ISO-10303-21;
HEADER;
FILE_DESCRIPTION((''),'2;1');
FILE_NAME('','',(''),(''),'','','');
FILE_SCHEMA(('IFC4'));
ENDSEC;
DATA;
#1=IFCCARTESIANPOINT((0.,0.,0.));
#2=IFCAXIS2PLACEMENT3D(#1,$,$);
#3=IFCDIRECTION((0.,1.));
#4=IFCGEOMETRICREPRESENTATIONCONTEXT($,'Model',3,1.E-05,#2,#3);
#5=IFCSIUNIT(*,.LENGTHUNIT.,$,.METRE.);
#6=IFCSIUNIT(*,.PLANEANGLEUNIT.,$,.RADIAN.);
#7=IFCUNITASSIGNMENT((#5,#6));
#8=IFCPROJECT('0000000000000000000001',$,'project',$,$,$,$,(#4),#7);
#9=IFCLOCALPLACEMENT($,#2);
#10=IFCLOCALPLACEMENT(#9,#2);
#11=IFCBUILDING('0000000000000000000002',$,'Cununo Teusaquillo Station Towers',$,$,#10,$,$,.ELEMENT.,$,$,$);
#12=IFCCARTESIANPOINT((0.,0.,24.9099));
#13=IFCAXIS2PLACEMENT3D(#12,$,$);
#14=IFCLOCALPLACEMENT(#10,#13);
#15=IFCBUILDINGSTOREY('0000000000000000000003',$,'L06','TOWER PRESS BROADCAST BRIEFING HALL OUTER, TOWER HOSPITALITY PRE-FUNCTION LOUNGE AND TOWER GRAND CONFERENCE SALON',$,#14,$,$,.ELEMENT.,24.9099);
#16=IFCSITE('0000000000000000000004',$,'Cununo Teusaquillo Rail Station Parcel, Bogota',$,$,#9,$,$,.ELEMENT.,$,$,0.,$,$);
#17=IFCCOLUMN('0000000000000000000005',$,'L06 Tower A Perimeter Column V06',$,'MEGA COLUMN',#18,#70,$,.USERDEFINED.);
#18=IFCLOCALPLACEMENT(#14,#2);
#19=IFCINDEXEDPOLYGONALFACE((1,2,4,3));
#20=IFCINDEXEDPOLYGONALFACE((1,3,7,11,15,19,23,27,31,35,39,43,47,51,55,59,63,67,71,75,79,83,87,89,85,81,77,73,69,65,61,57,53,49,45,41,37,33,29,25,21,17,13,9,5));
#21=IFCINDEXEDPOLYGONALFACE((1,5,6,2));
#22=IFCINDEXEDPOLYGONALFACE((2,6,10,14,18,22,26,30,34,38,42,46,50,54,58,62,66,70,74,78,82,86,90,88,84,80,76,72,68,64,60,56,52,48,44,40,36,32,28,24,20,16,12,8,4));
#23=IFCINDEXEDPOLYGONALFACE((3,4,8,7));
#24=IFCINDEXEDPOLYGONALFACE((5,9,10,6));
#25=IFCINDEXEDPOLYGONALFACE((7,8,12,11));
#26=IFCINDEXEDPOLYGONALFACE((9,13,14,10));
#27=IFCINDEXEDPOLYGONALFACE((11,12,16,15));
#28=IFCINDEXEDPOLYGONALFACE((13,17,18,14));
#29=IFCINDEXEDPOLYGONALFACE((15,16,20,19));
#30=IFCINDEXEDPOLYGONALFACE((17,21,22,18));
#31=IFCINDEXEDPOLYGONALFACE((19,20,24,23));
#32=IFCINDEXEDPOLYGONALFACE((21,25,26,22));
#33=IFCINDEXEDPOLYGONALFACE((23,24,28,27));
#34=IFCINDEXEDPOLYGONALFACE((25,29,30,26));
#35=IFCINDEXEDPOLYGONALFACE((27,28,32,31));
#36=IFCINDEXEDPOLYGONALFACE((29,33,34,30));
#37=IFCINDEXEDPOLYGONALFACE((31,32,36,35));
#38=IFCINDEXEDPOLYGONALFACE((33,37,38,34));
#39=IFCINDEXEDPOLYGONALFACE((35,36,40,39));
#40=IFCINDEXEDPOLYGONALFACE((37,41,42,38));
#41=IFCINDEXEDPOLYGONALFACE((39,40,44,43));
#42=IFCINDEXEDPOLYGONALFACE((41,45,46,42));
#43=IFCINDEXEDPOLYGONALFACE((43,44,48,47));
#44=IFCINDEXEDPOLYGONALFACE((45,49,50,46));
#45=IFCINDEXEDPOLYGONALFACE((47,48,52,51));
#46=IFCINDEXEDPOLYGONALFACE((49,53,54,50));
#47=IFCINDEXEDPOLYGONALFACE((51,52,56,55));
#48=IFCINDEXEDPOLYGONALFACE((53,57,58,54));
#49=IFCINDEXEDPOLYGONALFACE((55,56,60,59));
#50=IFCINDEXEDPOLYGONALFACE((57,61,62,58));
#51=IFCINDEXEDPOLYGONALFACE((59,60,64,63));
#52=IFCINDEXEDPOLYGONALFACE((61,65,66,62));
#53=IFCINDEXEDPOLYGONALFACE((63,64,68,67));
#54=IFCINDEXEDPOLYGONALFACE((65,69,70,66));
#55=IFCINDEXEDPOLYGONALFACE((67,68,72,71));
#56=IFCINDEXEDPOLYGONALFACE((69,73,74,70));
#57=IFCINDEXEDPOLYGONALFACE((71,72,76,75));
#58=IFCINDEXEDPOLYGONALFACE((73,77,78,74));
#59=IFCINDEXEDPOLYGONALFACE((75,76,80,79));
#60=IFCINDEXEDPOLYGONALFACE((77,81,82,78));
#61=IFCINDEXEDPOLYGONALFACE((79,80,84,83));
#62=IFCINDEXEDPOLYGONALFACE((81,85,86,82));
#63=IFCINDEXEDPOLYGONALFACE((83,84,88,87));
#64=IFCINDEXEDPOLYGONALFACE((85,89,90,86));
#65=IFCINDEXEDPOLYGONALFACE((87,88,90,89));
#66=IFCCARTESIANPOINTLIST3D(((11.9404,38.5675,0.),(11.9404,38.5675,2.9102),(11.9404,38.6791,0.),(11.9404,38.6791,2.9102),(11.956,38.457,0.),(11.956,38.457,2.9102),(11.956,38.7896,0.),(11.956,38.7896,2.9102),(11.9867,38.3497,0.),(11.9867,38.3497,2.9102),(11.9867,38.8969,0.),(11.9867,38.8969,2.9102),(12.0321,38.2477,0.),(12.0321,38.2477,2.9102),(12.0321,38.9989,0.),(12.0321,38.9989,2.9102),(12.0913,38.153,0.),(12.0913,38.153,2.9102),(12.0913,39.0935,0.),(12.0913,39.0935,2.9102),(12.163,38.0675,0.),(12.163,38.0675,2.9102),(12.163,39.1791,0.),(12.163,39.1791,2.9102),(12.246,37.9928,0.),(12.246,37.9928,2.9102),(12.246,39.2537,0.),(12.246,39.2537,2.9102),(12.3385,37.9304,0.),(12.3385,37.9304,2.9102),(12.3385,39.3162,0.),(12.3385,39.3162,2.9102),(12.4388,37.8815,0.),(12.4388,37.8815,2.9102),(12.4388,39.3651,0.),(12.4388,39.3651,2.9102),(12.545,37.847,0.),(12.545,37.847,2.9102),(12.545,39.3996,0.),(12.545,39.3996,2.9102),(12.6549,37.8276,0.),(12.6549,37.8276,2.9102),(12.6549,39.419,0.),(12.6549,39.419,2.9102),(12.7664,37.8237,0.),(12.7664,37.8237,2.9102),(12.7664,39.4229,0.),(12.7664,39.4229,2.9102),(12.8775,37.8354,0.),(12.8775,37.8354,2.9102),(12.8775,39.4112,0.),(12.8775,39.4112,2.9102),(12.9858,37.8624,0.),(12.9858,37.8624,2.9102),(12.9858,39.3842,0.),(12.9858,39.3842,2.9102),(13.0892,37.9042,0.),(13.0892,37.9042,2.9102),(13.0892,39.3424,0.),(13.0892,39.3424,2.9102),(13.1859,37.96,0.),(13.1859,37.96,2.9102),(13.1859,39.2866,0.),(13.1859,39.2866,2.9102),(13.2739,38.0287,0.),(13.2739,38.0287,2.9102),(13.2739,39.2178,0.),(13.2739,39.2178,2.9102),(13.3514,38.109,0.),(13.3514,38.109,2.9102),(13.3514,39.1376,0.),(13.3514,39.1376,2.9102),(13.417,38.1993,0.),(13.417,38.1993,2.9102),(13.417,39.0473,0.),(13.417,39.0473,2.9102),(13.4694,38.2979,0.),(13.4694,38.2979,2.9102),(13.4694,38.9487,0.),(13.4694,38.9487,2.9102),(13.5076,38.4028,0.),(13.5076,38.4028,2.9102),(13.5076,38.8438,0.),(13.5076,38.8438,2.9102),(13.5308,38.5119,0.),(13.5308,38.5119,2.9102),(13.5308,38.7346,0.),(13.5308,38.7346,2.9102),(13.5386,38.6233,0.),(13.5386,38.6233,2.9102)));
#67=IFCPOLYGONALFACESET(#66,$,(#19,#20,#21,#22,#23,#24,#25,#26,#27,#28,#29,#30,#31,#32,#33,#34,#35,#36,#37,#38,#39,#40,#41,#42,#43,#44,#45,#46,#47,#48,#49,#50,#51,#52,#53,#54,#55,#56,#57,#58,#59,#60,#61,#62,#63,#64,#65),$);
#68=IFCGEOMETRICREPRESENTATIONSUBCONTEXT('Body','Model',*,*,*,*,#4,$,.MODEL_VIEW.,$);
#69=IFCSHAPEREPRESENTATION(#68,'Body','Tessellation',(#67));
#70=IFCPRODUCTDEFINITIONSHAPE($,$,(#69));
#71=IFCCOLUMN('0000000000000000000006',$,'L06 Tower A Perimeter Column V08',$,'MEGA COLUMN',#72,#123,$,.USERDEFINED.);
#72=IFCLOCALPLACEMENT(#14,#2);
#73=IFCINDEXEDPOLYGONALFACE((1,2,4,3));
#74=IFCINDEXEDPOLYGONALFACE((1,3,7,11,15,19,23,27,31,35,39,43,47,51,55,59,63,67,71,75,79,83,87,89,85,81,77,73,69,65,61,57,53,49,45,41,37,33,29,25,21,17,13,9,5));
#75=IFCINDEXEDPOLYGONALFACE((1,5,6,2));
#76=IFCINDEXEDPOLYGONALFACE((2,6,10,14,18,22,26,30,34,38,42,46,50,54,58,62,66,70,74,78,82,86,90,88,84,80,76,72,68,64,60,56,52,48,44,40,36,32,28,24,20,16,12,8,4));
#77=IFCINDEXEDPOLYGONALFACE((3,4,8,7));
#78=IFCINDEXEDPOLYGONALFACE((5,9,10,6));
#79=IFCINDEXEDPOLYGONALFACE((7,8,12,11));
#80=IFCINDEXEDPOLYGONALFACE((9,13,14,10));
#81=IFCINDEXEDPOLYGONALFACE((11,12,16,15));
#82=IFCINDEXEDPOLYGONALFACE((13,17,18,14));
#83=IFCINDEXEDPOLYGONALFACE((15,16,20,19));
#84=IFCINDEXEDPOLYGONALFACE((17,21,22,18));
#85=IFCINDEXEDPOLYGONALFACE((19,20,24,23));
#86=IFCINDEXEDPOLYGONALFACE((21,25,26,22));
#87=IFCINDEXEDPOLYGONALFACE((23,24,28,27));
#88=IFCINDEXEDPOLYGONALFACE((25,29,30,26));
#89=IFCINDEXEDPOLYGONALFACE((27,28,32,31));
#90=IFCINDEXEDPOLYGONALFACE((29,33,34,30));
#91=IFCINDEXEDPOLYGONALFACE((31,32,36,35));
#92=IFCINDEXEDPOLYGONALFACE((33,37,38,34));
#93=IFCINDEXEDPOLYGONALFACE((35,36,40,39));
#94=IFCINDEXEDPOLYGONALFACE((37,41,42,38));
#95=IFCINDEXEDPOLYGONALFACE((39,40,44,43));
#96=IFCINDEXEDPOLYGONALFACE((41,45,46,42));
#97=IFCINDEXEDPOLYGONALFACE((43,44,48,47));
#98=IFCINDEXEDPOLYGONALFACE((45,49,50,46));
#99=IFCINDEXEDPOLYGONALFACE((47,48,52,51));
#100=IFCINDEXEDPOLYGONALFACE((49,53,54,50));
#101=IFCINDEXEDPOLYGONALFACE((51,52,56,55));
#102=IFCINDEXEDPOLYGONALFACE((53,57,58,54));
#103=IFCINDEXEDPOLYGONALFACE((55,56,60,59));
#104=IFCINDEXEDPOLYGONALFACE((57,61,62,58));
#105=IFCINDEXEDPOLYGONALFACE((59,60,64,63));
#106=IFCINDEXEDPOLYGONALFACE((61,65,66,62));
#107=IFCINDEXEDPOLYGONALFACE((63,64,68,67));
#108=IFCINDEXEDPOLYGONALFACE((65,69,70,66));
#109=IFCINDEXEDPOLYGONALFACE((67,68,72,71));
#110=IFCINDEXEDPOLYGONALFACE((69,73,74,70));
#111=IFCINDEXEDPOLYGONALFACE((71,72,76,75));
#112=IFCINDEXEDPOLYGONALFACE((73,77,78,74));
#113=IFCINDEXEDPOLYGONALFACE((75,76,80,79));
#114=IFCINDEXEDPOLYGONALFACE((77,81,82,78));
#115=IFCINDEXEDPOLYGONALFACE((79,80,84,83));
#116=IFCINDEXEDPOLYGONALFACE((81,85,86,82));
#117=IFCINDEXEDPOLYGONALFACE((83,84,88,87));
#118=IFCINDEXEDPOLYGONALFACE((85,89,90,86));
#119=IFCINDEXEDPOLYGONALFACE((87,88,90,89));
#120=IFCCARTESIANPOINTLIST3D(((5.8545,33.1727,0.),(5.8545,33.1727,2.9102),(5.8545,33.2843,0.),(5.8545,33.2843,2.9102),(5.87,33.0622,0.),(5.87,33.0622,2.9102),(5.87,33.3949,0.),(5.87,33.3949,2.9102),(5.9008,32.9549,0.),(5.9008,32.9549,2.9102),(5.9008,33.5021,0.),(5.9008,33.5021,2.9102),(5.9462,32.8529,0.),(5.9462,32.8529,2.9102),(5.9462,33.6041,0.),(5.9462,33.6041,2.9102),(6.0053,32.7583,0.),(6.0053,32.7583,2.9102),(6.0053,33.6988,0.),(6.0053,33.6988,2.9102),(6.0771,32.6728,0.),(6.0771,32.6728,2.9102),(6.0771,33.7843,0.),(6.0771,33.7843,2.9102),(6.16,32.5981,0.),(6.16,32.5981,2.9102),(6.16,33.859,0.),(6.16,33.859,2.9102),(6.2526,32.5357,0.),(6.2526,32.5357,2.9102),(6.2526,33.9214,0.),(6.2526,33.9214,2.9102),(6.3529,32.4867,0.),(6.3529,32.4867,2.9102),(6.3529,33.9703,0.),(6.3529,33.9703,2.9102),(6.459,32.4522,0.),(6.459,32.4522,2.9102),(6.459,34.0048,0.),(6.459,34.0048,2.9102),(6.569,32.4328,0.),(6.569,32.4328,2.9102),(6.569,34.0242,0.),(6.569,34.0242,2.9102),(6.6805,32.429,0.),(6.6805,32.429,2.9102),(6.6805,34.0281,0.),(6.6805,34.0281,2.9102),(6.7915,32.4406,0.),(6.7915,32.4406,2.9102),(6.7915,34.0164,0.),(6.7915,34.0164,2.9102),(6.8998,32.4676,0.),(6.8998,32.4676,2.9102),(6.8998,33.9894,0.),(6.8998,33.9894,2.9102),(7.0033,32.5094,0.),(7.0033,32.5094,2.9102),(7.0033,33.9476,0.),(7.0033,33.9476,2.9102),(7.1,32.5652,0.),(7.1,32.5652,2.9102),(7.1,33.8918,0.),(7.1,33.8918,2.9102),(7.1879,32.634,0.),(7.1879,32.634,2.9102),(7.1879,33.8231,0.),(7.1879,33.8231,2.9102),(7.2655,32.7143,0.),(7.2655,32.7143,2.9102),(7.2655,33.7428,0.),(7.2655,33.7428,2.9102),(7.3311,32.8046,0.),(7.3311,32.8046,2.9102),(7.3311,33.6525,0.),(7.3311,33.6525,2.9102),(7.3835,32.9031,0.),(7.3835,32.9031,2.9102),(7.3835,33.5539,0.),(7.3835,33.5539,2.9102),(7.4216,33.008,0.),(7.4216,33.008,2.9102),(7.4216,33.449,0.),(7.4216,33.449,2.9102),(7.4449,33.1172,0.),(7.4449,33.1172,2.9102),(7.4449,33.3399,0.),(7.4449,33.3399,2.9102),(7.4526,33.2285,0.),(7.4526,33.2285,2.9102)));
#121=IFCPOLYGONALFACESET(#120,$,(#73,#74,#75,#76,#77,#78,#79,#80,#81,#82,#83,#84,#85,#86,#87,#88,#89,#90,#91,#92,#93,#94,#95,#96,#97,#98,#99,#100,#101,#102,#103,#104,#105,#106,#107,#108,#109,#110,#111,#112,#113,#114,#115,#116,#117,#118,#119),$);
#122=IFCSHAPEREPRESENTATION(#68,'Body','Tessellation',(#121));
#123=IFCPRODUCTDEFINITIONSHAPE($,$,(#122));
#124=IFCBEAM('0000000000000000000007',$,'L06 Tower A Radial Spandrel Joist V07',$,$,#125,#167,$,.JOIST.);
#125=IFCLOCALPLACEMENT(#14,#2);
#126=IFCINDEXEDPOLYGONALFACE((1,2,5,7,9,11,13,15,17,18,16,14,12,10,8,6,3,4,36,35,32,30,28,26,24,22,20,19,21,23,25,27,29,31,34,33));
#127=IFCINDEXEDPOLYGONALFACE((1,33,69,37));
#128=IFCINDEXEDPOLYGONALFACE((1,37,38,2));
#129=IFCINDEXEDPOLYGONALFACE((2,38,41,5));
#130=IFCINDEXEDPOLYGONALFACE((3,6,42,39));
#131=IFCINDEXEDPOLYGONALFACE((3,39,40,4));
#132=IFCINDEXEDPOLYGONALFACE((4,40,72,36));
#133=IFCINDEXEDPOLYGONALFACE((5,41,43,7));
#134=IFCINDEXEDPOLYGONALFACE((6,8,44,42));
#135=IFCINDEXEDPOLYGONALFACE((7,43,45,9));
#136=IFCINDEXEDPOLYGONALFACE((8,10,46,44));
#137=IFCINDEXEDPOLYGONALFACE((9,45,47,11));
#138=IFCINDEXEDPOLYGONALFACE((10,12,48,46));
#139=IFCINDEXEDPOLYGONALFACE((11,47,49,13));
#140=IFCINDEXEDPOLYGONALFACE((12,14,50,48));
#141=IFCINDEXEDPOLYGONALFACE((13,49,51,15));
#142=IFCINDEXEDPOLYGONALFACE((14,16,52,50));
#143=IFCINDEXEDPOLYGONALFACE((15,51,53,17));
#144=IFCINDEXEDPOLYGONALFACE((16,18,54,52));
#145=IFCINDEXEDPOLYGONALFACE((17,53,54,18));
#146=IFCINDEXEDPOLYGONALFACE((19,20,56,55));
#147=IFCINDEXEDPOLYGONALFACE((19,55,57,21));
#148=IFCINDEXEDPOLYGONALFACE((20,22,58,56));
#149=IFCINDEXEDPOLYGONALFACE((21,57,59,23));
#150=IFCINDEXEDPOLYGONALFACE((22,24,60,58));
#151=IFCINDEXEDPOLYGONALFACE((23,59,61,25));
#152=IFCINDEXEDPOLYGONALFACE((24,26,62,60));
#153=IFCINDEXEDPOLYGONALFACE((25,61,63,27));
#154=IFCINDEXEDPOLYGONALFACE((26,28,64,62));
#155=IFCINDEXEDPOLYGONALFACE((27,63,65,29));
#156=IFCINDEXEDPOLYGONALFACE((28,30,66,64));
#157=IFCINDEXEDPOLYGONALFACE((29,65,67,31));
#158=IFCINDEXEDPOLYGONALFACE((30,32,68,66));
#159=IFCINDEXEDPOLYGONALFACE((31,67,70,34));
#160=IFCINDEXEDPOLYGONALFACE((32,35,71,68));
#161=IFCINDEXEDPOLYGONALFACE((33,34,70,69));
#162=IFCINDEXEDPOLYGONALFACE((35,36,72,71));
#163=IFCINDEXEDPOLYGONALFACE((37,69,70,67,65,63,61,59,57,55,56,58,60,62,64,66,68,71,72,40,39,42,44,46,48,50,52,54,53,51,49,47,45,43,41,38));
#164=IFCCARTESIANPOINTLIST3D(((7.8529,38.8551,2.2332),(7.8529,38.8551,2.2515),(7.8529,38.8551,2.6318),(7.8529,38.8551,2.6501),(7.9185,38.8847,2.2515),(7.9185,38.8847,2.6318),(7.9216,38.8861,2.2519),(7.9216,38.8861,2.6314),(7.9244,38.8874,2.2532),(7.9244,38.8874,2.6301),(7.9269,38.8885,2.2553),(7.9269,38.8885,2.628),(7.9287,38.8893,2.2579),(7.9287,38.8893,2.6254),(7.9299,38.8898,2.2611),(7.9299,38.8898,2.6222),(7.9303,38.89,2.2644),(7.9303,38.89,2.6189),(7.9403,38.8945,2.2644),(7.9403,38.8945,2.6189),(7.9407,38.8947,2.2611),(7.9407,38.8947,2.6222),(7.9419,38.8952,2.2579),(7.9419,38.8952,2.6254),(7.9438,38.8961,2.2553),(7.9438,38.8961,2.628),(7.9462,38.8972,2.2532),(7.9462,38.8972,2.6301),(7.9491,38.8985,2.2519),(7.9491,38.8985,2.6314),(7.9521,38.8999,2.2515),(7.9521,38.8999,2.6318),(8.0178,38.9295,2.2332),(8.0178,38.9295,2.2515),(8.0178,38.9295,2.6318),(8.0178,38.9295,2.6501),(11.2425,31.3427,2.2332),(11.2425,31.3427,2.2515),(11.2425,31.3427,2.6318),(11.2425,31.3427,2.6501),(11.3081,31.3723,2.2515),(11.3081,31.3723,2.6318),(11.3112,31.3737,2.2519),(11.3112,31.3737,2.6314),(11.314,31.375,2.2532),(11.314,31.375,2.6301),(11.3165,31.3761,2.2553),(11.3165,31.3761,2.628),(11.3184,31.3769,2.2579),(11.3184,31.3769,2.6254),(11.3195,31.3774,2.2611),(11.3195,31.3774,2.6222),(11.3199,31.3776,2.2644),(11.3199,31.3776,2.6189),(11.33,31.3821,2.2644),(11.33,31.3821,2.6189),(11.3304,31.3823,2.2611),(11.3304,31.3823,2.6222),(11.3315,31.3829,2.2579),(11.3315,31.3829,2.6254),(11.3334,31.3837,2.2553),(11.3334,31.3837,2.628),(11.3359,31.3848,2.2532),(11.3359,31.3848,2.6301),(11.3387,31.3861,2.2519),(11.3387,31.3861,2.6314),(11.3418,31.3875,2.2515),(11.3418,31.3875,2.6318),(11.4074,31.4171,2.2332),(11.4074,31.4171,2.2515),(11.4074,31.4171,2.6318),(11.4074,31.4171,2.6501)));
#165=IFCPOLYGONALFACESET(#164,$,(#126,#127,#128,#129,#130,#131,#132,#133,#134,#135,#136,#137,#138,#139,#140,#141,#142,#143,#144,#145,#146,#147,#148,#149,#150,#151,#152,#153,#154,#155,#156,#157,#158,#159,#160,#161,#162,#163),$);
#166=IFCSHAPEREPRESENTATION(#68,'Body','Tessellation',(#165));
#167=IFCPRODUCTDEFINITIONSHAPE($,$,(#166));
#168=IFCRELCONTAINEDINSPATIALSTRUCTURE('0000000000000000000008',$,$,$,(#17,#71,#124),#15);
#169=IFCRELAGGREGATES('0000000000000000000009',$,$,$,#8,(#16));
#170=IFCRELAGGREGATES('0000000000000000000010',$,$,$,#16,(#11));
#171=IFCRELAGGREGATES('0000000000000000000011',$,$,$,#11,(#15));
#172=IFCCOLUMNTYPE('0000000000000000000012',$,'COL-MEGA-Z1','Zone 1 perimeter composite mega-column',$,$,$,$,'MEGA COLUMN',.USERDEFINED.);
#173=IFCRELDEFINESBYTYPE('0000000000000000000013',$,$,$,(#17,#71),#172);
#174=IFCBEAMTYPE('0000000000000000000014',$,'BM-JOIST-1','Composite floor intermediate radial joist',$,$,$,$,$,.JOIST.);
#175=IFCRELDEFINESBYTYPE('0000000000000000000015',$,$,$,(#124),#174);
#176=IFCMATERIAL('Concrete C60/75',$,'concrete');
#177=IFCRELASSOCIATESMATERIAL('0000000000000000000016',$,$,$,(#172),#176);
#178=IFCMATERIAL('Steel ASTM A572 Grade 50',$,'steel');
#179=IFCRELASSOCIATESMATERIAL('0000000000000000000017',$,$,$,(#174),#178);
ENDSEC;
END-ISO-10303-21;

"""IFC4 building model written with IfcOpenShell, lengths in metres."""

from ifc_helpers import new_model, si_unit, direction, frame, origin, origin_2d, place, context, subcontext, project, spatial, circle, i_section, extrude, material, material_profile, profile_set, type_object, element, save


model = new_model("IFC4")

# Units and contexts
model_context = context("Model", 3, precision=1e-05, world=origin(), true_north=direction((0.0, 1.0)))
body_context = subcontext(model_context, "Body", "Model", "MODEL_VIEW")
ifc_project = project(units=[si_unit("LENGTHUNIT", "METRE"), si_unit("PLANEANGLEUNIT", "RADIAN")], contexts=[model_context])

# Site, building, storey
site_placement = place(None, origin())
site = spatial("IfcSite", under=ifc_project, at=site_placement, Name="Cununo Teusaquillo Rail Station Parcel, Bogota", CompositionType="ELEMENT", RefElevation=0.0)
building_placement = place(site_placement, origin())
building = spatial("IfcBuilding", under=site, at=building_placement, Name="Cununo Teusaquillo Station Towers", CompositionType="ELEMENT")
storey_placement = place(building_placement, frame((0.0, 0.0, 24.9099)))
storey = spatial("IfcBuildingStorey", under=building, at=storey_placement, Name="L06", Description="TOWER PRESS BROADCAST BRIEFING HALL OUTER, TOWER HOSPITALITY PRE-FUNCTION LOUNGE AND TOWER GRAND CONFERENCE SALON", CompositionType="ELEMENT", Elevation=24.9099)

# Columns
ifc_material_1 = material(Name="Concrete C60/75", Category="concrete")
ifc_material_profile_1 = material_profile(ifc_material_1, circle(Radius=0.8, at=origin_2d()), Name="RC-CIRC-1600")
ifc_profile_set_1 = profile_set([ifc_material_profile_1], Name="Concrete C60/75")
column_type = type_object("IfcColumnType", Name="COL-MEGA-Z1", Description="Zone 1 perimeter composite mega-column", ElementType="MEGA COLUMN", PredefinedType="USERDEFINED", material=ifc_profile_set_1)
for number, where, z_axis, x_axis, name in (
    (1, (12.7385, 38.6233, 0.0), (0.0, 0.0, 1.0), (1.0, 0.0, 0.0), "L06 Tower A Perimeter Column V06"),
    (2, (6.6526, 33.2285, 0.0), (0.0, 0.0, 1.0), (1.0, 0.0, 0.0), "L06 Tower A Perimeter Column V08"),
):
    element("IfcColumn", number, at=place(storey_placement, frame(where, z_axis=z_axis, x_axis=x_axis)), inside=storey, type_object=column_type, Name=name, ObjectType="MEGA COLUMN", PredefinedType="USERDEFINED", context=body_context, shape_type="SweptSolid", body=[
        extrude(circle(Radius=0.8, at=origin_2d()), origin(), (0.0, 0.0, 1.0), 2.9102),
    ])

# Beam
ifc_material_2 = material(Name="Steel ASTM A572 Grade 50", Category="steel")
ifc_material_profile_2 = material_profile(ifc_material_2, i_section(OverallWidth=0.1809, OverallDepth=0.417, WebThickness=0.011, FlangeThickness=0.0183, FilletRadius=0.0129, at=origin_2d()), Name="W16X57")
ifc_profile_set_2 = profile_set([ifc_material_profile_2], Name="Steel ASTM A572 Grade 50")
beam_type_1 = type_object("IfcBeamType", Name="BM-JOIST-1", Description="Composite floor intermediate radial joist", PredefinedType="JOIST", material=ifc_profile_set_2)
beam_1_placement = place(storey_placement, frame((11.325, 31.3799, 2.4417), z_axis=(-0.411277, 0.91151, 0.0), x_axis=(-0.91151, -0.411277, 0.0)))
element("IfcBeam", 3, at=beam_1_placement, inside=storey, type_object=beam_type_1, Name="L06 Tower A Radial Spandrel Joist V07", PredefinedType="JOIST", context=body_context, shape_type="SweptSolid", body=[
    extrude(i_section(OverallWidth=0.1809, OverallDepth=0.417, WebThickness=0.011, FlangeThickness=0.0183, FilletRadius=0.0129, at=origin_2d()), origin(), (0.0, 0.0, 1.0), 8.2417),
])

save(model, "model.ifc")
